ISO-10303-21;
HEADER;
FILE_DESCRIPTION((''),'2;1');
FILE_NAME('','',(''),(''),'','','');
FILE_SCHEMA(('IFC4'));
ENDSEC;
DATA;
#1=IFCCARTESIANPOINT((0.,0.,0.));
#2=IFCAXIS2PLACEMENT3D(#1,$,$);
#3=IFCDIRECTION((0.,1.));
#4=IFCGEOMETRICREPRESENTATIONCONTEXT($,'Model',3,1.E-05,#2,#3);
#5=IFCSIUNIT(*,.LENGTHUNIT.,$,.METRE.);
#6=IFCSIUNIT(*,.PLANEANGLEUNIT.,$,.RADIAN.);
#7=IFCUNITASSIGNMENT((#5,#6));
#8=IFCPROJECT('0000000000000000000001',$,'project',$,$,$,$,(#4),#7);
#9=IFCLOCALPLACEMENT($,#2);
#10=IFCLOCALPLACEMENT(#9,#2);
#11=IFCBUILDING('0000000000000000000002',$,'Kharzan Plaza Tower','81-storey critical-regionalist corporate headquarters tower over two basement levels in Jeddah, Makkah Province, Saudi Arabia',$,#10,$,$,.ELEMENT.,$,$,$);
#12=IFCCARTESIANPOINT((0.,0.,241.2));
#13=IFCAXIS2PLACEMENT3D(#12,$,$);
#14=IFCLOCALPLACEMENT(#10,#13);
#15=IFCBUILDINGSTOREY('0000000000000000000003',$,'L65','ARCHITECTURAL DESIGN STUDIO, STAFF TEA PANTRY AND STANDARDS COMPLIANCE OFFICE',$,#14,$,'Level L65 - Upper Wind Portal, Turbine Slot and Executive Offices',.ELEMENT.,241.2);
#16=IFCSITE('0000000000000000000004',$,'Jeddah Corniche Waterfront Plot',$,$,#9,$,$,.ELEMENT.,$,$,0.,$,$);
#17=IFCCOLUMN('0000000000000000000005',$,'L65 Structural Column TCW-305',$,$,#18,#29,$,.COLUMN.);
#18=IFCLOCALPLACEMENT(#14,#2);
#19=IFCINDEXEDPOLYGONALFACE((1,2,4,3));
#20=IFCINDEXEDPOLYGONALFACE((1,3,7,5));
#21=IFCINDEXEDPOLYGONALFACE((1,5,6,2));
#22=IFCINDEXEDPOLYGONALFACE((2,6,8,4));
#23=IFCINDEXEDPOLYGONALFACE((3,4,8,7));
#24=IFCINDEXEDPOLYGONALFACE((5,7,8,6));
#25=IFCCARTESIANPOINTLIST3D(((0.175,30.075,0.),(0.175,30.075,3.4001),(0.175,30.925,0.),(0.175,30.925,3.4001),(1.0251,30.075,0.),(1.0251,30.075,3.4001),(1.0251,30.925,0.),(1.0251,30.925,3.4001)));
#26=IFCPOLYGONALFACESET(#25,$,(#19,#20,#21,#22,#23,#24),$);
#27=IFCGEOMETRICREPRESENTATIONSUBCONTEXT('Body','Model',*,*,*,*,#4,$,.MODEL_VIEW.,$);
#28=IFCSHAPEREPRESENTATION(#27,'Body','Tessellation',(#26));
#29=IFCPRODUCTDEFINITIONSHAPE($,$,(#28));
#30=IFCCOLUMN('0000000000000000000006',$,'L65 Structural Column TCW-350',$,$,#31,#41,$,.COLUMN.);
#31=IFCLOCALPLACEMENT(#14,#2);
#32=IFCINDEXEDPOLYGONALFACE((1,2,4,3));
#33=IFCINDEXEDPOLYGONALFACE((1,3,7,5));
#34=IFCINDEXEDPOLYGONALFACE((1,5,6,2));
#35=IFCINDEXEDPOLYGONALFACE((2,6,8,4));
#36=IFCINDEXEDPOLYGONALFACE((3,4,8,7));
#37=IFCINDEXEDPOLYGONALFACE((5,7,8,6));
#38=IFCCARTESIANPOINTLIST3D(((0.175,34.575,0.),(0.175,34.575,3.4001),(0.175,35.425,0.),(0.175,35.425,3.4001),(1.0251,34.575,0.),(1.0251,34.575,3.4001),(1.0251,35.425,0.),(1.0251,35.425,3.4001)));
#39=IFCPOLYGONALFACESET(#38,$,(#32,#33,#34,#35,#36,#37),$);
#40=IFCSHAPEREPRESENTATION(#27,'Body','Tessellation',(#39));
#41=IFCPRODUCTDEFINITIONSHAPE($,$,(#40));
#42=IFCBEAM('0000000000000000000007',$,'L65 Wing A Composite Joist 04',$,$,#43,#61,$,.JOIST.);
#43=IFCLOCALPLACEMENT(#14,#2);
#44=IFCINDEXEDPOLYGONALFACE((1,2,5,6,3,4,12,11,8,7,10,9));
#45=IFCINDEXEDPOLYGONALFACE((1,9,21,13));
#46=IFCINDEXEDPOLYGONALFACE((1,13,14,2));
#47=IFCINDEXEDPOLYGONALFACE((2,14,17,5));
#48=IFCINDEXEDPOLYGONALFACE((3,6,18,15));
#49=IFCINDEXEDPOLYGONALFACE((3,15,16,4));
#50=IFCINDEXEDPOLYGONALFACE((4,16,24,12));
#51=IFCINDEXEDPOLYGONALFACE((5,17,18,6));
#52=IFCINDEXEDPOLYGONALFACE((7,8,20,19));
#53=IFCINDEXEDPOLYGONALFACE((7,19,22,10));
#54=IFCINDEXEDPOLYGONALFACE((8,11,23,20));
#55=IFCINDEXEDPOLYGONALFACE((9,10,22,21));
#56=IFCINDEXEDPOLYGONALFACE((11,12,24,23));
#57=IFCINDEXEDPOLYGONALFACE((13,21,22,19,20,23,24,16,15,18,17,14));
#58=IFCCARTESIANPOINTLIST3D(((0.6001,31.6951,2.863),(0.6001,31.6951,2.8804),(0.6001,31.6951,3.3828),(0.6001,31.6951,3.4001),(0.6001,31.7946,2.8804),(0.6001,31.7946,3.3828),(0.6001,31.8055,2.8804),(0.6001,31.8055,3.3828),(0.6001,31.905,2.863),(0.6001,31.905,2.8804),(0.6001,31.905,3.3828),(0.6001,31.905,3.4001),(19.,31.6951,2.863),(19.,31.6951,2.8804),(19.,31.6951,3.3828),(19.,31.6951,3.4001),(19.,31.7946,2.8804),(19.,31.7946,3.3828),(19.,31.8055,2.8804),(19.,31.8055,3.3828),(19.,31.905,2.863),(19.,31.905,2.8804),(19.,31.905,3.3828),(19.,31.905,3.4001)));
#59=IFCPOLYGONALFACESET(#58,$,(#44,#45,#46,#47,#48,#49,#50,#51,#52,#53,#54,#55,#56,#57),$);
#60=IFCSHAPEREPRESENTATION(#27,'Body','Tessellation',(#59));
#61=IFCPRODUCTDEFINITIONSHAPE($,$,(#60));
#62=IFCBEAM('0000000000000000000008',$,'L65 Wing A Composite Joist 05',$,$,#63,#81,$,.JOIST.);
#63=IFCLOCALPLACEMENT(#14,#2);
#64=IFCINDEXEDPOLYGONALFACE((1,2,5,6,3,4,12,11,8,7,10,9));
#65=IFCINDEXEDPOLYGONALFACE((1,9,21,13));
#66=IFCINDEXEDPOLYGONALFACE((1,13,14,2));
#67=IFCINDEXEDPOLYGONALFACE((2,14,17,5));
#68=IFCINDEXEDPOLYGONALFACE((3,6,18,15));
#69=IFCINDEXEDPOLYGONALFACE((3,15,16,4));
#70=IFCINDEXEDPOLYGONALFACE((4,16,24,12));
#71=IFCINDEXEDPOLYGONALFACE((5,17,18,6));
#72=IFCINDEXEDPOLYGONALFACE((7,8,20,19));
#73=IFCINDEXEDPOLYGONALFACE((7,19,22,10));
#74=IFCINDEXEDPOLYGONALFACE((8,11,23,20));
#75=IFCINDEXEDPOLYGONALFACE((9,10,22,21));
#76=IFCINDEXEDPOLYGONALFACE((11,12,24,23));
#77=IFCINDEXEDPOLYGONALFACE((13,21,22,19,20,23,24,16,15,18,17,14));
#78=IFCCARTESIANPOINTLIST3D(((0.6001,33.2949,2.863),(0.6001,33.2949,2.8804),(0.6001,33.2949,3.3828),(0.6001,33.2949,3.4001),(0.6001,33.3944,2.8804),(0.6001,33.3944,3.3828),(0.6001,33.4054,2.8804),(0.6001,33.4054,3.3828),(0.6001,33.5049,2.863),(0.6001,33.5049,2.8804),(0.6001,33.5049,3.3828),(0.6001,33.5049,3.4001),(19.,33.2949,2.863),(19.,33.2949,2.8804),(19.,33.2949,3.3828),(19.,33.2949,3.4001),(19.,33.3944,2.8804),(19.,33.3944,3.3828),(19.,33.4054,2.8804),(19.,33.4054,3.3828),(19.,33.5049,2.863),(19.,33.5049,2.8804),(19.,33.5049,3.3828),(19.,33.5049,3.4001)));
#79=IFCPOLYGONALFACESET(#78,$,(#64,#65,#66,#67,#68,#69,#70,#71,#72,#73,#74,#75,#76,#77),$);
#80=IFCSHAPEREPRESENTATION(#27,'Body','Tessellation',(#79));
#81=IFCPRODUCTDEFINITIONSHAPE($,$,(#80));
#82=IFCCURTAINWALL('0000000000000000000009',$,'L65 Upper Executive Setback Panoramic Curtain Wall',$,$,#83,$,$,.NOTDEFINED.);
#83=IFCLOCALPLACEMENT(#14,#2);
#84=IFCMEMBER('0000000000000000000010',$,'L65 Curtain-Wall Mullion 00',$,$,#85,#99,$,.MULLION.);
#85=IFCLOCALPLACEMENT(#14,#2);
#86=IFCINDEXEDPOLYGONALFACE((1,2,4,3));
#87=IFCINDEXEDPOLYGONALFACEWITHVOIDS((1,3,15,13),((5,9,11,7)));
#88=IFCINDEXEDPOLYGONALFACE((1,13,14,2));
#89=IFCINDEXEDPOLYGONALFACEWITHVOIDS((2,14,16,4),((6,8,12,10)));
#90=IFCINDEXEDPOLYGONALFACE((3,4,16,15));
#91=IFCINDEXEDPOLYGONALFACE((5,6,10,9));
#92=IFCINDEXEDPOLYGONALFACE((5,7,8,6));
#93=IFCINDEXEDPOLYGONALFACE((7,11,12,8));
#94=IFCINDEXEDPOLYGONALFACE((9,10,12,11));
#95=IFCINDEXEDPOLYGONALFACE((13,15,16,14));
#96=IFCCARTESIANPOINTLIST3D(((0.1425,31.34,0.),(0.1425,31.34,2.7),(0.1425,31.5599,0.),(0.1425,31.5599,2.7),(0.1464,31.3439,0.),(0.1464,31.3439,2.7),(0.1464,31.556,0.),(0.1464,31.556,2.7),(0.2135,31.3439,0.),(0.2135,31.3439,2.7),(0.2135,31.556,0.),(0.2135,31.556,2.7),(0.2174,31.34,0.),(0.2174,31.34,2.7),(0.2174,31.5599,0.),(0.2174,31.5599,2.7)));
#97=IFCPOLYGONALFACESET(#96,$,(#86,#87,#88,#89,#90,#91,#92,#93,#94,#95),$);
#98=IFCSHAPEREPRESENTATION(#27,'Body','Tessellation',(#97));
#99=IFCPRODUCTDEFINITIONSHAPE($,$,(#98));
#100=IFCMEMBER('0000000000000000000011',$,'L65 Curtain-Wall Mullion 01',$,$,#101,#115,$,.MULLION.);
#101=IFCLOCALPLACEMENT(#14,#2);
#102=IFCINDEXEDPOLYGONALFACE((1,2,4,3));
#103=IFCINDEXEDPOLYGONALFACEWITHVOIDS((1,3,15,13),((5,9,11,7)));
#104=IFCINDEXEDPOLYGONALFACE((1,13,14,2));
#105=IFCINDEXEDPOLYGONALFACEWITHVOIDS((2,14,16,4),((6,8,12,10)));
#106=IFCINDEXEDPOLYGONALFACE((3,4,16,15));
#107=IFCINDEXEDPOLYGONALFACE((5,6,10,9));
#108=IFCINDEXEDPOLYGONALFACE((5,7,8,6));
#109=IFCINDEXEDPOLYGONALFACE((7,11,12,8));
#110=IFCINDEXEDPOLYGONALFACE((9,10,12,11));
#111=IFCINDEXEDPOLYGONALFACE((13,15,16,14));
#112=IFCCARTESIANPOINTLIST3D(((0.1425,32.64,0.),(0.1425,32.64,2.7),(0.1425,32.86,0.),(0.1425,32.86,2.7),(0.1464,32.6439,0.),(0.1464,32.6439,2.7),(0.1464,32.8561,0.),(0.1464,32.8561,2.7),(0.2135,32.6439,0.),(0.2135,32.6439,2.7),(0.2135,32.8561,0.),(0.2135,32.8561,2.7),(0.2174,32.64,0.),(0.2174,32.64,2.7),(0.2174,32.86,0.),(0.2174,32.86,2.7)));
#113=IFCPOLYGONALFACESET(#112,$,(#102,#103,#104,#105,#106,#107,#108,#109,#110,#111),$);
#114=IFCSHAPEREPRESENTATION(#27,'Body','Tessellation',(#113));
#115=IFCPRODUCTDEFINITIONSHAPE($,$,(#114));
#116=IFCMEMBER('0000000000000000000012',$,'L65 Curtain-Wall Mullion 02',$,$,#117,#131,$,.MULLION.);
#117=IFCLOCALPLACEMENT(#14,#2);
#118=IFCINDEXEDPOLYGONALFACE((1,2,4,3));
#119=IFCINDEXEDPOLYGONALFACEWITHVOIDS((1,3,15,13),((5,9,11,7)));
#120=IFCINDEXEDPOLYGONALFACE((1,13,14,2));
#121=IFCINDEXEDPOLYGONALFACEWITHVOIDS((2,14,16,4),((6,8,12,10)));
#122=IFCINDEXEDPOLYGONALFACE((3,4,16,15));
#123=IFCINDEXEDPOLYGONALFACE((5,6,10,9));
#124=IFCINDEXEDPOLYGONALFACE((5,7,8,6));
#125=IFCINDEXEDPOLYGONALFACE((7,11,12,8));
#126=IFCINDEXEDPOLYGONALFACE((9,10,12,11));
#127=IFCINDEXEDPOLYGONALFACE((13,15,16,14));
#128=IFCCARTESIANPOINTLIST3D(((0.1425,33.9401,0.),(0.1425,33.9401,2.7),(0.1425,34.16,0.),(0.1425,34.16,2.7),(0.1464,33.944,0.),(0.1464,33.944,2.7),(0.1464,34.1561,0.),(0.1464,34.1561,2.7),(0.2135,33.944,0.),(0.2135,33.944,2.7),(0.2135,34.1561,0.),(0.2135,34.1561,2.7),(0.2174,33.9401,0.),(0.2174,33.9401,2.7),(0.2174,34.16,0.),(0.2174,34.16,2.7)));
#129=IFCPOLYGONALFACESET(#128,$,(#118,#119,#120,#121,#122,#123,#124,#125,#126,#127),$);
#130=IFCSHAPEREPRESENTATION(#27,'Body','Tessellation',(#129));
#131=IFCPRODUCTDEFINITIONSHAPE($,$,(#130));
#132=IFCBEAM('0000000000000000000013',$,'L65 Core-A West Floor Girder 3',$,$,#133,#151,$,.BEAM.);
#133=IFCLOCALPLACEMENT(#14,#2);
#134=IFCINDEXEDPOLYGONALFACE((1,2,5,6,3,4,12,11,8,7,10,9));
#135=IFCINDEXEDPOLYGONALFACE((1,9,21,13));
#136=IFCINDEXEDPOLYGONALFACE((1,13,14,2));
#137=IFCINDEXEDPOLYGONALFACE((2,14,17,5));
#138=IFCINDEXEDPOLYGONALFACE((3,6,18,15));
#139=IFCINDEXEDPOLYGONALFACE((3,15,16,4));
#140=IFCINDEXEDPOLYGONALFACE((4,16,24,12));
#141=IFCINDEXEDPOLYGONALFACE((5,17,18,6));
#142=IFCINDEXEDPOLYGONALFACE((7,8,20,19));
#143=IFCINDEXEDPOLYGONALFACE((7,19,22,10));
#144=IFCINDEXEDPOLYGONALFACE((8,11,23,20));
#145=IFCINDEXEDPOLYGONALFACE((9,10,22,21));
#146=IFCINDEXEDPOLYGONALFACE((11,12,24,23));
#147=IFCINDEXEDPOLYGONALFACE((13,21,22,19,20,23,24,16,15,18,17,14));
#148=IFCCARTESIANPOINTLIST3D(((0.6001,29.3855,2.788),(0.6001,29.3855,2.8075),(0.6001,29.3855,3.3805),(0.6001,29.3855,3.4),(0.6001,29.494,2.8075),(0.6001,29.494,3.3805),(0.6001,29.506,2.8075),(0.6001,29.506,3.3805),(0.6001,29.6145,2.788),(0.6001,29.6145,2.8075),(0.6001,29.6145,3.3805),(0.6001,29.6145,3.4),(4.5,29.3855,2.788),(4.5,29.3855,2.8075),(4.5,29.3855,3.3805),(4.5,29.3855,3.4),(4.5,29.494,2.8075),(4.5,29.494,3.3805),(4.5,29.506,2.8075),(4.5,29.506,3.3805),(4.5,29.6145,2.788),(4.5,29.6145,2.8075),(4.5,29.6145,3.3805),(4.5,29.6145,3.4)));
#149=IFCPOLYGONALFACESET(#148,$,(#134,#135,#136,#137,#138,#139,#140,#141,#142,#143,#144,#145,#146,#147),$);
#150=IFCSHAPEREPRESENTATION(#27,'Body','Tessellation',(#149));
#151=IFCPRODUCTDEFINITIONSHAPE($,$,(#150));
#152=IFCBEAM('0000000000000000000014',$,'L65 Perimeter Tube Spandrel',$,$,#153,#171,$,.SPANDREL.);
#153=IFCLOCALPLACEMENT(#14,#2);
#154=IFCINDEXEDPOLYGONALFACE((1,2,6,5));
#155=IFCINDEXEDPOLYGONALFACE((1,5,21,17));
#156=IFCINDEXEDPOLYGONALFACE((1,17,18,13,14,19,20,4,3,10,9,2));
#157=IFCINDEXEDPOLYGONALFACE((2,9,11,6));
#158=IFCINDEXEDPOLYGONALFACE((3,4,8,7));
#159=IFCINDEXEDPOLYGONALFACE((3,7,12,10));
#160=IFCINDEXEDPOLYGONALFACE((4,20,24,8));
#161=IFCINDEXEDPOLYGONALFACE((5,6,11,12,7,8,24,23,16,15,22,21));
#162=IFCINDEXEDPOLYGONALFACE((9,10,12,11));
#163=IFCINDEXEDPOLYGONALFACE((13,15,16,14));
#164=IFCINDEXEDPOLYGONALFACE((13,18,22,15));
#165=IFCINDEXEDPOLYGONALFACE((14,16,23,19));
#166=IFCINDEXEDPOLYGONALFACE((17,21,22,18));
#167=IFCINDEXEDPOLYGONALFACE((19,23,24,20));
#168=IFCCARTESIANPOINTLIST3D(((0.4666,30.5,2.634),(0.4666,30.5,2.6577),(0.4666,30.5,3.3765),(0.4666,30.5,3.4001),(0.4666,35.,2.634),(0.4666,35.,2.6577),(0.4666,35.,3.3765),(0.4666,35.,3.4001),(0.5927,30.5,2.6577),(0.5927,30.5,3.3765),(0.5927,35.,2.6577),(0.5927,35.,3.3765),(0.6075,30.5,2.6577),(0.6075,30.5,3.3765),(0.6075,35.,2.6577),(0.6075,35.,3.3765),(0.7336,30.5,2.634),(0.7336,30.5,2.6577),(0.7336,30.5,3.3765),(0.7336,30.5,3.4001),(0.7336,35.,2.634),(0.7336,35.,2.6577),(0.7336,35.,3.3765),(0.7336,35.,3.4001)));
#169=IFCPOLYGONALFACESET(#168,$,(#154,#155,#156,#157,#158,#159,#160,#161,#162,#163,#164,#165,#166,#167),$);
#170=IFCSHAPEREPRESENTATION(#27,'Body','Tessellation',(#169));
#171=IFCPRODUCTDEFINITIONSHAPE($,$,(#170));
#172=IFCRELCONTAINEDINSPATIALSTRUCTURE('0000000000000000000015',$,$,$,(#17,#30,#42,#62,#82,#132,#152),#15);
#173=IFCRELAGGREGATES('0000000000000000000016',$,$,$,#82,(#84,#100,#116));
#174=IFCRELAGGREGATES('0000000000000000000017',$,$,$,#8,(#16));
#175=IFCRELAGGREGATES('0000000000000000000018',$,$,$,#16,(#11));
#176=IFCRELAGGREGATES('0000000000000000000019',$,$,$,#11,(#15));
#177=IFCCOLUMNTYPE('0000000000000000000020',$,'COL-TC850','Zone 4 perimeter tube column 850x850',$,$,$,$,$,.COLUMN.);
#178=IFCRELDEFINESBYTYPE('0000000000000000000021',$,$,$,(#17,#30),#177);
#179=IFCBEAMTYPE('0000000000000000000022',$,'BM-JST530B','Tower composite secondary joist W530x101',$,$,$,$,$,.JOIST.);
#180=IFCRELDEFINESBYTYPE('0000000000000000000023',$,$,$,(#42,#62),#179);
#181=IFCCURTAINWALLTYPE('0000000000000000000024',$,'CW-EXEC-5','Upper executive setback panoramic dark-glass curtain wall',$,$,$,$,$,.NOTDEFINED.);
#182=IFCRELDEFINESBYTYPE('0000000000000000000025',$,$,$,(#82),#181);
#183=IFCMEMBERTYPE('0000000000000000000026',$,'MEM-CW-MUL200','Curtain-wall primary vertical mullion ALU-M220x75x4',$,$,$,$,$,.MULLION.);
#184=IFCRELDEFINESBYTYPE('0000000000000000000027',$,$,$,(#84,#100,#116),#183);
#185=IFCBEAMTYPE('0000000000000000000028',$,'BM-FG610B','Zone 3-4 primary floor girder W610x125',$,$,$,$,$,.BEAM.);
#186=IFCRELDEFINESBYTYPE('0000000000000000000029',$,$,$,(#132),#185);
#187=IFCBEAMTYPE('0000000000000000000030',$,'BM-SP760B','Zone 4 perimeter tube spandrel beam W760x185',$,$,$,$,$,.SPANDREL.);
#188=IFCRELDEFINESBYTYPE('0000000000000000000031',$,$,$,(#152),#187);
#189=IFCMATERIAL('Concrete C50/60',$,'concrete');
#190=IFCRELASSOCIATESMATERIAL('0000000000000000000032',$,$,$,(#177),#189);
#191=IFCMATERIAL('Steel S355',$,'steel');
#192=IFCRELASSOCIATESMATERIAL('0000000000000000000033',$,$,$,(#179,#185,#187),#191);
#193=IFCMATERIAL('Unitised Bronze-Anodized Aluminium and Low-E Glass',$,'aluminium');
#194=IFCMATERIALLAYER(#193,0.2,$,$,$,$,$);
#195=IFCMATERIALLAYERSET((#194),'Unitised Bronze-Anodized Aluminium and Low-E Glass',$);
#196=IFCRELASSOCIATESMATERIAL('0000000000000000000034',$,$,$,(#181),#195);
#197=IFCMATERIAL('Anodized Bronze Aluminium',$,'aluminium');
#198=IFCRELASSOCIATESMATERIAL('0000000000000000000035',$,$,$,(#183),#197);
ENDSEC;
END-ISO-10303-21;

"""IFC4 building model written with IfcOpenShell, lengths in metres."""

from ifc_helpers import new_model, si_unit, direction, frame, origin, origin_2d, place, context, subcontext, project, spatial, rectangle, hollow_rectangle, i_section, extrude, source, transform, mapped, material, layer, layer_set, material_profile, profile_set, type_object, element, aggregate, save


model = new_model("IFC4")

# Units and contexts
model_context = context("Model", 3, precision=1e-05, world=origin(), true_north=direction((0.0, 1.0)))
body_context = subcontext(model_context, "Body", "Model", "MODEL_VIEW")
ifc_project = project(units=[si_unit("LENGTHUNIT", "METRE"), si_unit("PLANEANGLEUNIT", "RADIAN")], contexts=[model_context])

# Site, building, storey
site_placement = place(None, origin())
site = spatial("IfcSite", under=ifc_project, at=site_placement, Name="Jeddah Corniche Waterfront Plot", CompositionType="ELEMENT", RefElevation=0.0)
building_placement = place(site_placement, origin())
building = spatial("IfcBuilding", under=site, at=building_placement, Name="Kharzan Plaza Tower", Description="81-storey critical-regionalist corporate headquarters tower over two basement levels in Jeddah, Makkah Province, Saudi Arabia", CompositionType="ELEMENT")
storey_placement = place(building_placement, frame((0.0, 0.0, 241.2)))
storey = spatial("IfcBuildingStorey", under=building, at=storey_placement, Name="L65", Description="ARCHITECTURAL DESIGN STUDIO, STAFF TEA PANTRY AND STANDARDS COMPLIANCE OFFICE", LongName="Level L65 - Upper Wind Portal, Turbine Slot and Executive Offices", CompositionType="ELEMENT", Elevation=241.2)

# Columns
ifc_material_1 = material(Name="Concrete C50/60", Category="concrete")
ifc_material_profile_1 = material_profile(ifc_material_1, rectangle(XDim=0.8501, YDim=0.8501, at=origin_2d()), Name="RC-TC850x850")
ifc_profile_set_1 = profile_set([ifc_material_profile_1], Name="Concrete C50/60")
column_type = type_object("IfcColumnType", Name="COL-TC850", Description="Zone 4 perimeter tube column 850x850", PredefinedType="COLUMN", material=ifc_profile_set_1)
shared_shape_1 = source(origin(), body_context, "Body", "SweptSolid", [
    extrude(rectangle(XDim=0.8501, YDim=0.8501, at=origin_2d()), origin(), (0.0, 0.0, 1.0), 3.4001),
])
for number, where, z_axis, x_axis, name in (
    (1, (0.6001, 30.5, 0.0), (0.0, 0.0, 1.0), (1.0, 0.0, 0.0), "L65 Structural Column TCW-305"),
    (2, (0.6001, 35.0, 0.0), (0.0, 0.0, 1.0), (1.0, 0.0, 0.0), "L65 Structural Column TCW-350"),
):
    element("IfcColumn", number, at=place(storey_placement, frame(where, z_axis=z_axis, x_axis=x_axis)), inside=storey, type_object=column_type, Name=name, PredefinedType="COLUMN", context=body_context, shape_type="MappedRepresentation", body=[
        mapped(shared_shape_1, transform((0.0, 0.0, 0.0), x_axis=(1.0, 0.0, 0.0), y_axis=(0.0, 1.0, 0.0), z_axis=(0.0, 0.0, 1.0))),
    ])

# Beams
ifc_material_2 = material(Name="Steel S355", Category="steel")
ifc_material_profile_2 = material_profile(ifc_material_2, i_section(OverallWidth=0.21, OverallDepth=0.5371, WebThickness=0.011, FlangeThickness=0.0173, at=origin_2d()), Name="W530x101")
ifc_profile_set_2 = profile_set([ifc_material_profile_2], Name="Steel S355")
beam_type_1 = type_object("IfcBeamType", Name="BM-JST530B", Description="Tower composite secondary joist W530x101", PredefinedType="JOIST", material=ifc_profile_set_2)
shared_shape_2 = source(origin(), body_context, "Body", "SweptSolid", [
    extrude(i_section(OverallWidth=0.21, OverallDepth=0.5371, WebThickness=0.011, FlangeThickness=0.0173, at=origin_2d()), origin(), (0.0, 0.0, 1.0), 18.3999),
])
for number, where, z_axis, x_axis, name in (
    (3, (0.6001, 31.8, 3.1316), (1.0, 0.0, 0.0), (0.0, 1.0, 0.0), "L65 Wing A Composite Joist 04"),
    (4, (0.6001, 33.3999, 3.1316), (1.0, 0.0, 0.0), (0.0, 1.0, 0.0), "L65 Wing A Composite Joist 05"),
):
    element("IfcBeam", number, at=place(storey_placement, frame(where, z_axis=z_axis, x_axis=x_axis)), inside=storey, type_object=beam_type_1, Name=name, PredefinedType="JOIST", context=body_context, shape_type="MappedRepresentation", body=[
        mapped(shared_shape_2, transform((0.0, 0.0, 0.0), x_axis=(1.0, 0.0, 0.0), y_axis=(0.0, 1.0, 0.0), z_axis=(0.0, 0.0, 1.0))),
    ])

# Curtain wall, members
ifc_material_3 = material(Name="Unitised Bronze-Anodized Aluminium and Low-E Glass", Category="aluminium")
ifc_layer_1 = layer(ifc_material_3, 0.2)
ifc_layer_set_1 = layer_set([ifc_layer_1], Name="Unitised Bronze-Anodized Aluminium and Low-E Glass")
curtain_wall_type = type_object("IfcCurtainWallType", Name="CW-EXEC-5", Description="Upper executive setback panoramic dark-glass curtain wall", PredefinedType="NOTDEFINED", material=ifc_layer_set_1)
curtain_wall_placement = place(storey_placement, origin())
curtain_wall = element("IfcCurtainWall", 5, at=curtain_wall_placement, inside=storey, type_object=curtain_wall_type, Name="L65 Upper Executive Setback Panoramic Curtain Wall", PredefinedType="NOTDEFINED")
ifc_material_4 = material(Name="Anodized Bronze Aluminium", Category="aluminium")
ifc_material_profile_3 = material_profile(ifc_material_4, hollow_rectangle(XDim=0.075, YDim=0.22, WallThickness=0.0039, at=origin_2d()), Name="ALU-M220x75x4")
ifc_profile_set_3 = profile_set([ifc_material_profile_3], Name="Anodized Bronze Aluminium")
member_type_1 = type_object("IfcMemberType", Name="MEM-CW-MUL200", Description="Curtain-wall primary vertical mullion ALU-M220x75x4", PredefinedType="MULLION", material=ifc_profile_set_3)
shared_shape_3 = source(origin(), body_context, "Body", "SweptSolid", [
    extrude(hollow_rectangle(XDim=0.075, YDim=0.22, WallThickness=0.0039, at=origin_2d()), origin(), (0.0, 0.0, 1.0), 2.7),
])
member_1_placement = place(storey_placement, frame((0.1799, 31.45, 0.0), z_axis=(0.0, 0.0, 1.0), x_axis=(1.0, 0.0, 0.0)))
member_1 = element("IfcMember", 6, at=member_1_placement, type_object=member_type_1, Name="L65 Curtain-Wall Mullion 00", PredefinedType="MULLION", context=body_context, shape_type="MappedRepresentation", body=[
    mapped(shared_shape_3, transform((0.0, 0.0, 0.0), x_axis=(1.0, 0.0, 0.0), y_axis=(0.0, 1.0, 0.0), z_axis=(0.0, 0.0, 1.0))),
])
member_2_placement = place(storey_placement, frame((0.1799, 32.75, 0.0), z_axis=(0.0, 0.0, 1.0), x_axis=(1.0, 0.0, 0.0)))
member_2 = element("IfcMember", 7, at=member_2_placement, type_object=member_type_1, Name="L65 Curtain-Wall Mullion 01", PredefinedType="MULLION", context=body_context, shape_type="MappedRepresentation", body=[
    mapped(shared_shape_3, transform((0.0, 0.0, 0.0), x_axis=(1.0, 0.0, 0.0), y_axis=(0.0, 1.0, 0.0), z_axis=(0.0, 0.0, 1.0))),
])
member_3_placement = place(storey_placement, frame((0.1799, 34.05, 0.0), z_axis=(0.0, 0.0, 1.0), x_axis=(1.0, 0.0, 0.0)))
member_3 = element("IfcMember", 8, at=member_3_placement, type_object=member_type_1, Name="L65 Curtain-Wall Mullion 02", PredefinedType="MULLION", context=body_context, shape_type="MappedRepresentation", body=[
    mapped(shared_shape_3, transform((0.0, 0.0, 0.0), x_axis=(1.0, 0.0, 0.0), y_axis=(0.0, 1.0, 0.0), z_axis=(0.0, 0.0, 1.0))),
])

# Beams
ifc_material_profile_4 = material_profile(ifc_material_2, i_section(OverallWidth=0.229, OverallDepth=0.6121, WebThickness=0.012, FlangeThickness=0.0195, at=origin_2d()), Name="W610x125")
ifc_profile_set_4 = profile_set([ifc_material_profile_4], Name="Steel S355")
beam_type_2 = type_object("IfcBeamType", Name="BM-FG610B", Description="Zone 3-4 primary floor girder W610x125", PredefinedType="BEAM", material=ifc_profile_set_4)
shared_shape_4 = source(origin(), body_context, "Body", "SweptSolid", [
    extrude(i_section(OverallWidth=0.229, OverallDepth=0.6121, WebThickness=0.012, FlangeThickness=0.0195, at=origin_2d()), origin(), (0.0, 0.0, 1.0), 3.8999),
])
beam_1_placement = place(storey_placement, frame((0.6001, 29.5, 3.094), z_axis=(1.0, 0.0, 0.0), x_axis=(0.0, 1.0, 0.0)))
element("IfcBeam", 9, at=beam_1_placement, inside=storey, type_object=beam_type_2, Name="L65 Core-A West Floor Girder 3", PredefinedType="BEAM", context=body_context, shape_type="MappedRepresentation", body=[
    mapped(shared_shape_4, transform((0.0, 0.0, 0.0), x_axis=(1.0, 0.0, 0.0), y_axis=(0.0, 1.0, 0.0), z_axis=(0.0, 0.0, 1.0))),
])
ifc_material_profile_5 = material_profile(ifc_material_2, i_section(OverallWidth=0.2671, OverallDepth=0.7661, WebThickness=0.0149, FlangeThickness=0.0237, at=origin_2d()), Name="W760x185")
ifc_profile_set_5 = profile_set([ifc_material_profile_5], Name="Steel S355")
beam_type_3 = type_object("IfcBeamType", Name="BM-SP760B", Description="Zone 4 perimeter tube spandrel beam W760x185", PredefinedType="SPANDREL", material=ifc_profile_set_5)
shared_shape_5 = source(origin(), body_context, "Body", "SweptSolid", [
    extrude(i_section(OverallWidth=0.2671, OverallDepth=0.7661, WebThickness=0.0149, FlangeThickness=0.0237, at=origin_2d()), origin(), (0.0, 0.0, 1.0), 4.5),
])
beam_2_placement = place(storey_placement, frame((0.6001, 30.5, 3.0171), z_axis=(0.0, 1.0, 0.0), x_axis=(-1.0, 0.0, 0.0)))
element("IfcBeam", 10, at=beam_2_placement, inside=storey, type_object=beam_type_3, Name="L65 Perimeter Tube Spandrel", PredefinedType="SPANDREL", context=body_context, shape_type="MappedRepresentation", body=[
    mapped(shared_shape_5, transform((0.0, 0.0, 0.0), x_axis=(1.0, 0.0, 0.0), y_axis=(0.0, 1.0, 0.0), z_axis=(0.0, 0.0, 1.0))),
])

aggregate(curtain_wall, [member_1, member_2, member_3])

save(model, "model.ifc")
